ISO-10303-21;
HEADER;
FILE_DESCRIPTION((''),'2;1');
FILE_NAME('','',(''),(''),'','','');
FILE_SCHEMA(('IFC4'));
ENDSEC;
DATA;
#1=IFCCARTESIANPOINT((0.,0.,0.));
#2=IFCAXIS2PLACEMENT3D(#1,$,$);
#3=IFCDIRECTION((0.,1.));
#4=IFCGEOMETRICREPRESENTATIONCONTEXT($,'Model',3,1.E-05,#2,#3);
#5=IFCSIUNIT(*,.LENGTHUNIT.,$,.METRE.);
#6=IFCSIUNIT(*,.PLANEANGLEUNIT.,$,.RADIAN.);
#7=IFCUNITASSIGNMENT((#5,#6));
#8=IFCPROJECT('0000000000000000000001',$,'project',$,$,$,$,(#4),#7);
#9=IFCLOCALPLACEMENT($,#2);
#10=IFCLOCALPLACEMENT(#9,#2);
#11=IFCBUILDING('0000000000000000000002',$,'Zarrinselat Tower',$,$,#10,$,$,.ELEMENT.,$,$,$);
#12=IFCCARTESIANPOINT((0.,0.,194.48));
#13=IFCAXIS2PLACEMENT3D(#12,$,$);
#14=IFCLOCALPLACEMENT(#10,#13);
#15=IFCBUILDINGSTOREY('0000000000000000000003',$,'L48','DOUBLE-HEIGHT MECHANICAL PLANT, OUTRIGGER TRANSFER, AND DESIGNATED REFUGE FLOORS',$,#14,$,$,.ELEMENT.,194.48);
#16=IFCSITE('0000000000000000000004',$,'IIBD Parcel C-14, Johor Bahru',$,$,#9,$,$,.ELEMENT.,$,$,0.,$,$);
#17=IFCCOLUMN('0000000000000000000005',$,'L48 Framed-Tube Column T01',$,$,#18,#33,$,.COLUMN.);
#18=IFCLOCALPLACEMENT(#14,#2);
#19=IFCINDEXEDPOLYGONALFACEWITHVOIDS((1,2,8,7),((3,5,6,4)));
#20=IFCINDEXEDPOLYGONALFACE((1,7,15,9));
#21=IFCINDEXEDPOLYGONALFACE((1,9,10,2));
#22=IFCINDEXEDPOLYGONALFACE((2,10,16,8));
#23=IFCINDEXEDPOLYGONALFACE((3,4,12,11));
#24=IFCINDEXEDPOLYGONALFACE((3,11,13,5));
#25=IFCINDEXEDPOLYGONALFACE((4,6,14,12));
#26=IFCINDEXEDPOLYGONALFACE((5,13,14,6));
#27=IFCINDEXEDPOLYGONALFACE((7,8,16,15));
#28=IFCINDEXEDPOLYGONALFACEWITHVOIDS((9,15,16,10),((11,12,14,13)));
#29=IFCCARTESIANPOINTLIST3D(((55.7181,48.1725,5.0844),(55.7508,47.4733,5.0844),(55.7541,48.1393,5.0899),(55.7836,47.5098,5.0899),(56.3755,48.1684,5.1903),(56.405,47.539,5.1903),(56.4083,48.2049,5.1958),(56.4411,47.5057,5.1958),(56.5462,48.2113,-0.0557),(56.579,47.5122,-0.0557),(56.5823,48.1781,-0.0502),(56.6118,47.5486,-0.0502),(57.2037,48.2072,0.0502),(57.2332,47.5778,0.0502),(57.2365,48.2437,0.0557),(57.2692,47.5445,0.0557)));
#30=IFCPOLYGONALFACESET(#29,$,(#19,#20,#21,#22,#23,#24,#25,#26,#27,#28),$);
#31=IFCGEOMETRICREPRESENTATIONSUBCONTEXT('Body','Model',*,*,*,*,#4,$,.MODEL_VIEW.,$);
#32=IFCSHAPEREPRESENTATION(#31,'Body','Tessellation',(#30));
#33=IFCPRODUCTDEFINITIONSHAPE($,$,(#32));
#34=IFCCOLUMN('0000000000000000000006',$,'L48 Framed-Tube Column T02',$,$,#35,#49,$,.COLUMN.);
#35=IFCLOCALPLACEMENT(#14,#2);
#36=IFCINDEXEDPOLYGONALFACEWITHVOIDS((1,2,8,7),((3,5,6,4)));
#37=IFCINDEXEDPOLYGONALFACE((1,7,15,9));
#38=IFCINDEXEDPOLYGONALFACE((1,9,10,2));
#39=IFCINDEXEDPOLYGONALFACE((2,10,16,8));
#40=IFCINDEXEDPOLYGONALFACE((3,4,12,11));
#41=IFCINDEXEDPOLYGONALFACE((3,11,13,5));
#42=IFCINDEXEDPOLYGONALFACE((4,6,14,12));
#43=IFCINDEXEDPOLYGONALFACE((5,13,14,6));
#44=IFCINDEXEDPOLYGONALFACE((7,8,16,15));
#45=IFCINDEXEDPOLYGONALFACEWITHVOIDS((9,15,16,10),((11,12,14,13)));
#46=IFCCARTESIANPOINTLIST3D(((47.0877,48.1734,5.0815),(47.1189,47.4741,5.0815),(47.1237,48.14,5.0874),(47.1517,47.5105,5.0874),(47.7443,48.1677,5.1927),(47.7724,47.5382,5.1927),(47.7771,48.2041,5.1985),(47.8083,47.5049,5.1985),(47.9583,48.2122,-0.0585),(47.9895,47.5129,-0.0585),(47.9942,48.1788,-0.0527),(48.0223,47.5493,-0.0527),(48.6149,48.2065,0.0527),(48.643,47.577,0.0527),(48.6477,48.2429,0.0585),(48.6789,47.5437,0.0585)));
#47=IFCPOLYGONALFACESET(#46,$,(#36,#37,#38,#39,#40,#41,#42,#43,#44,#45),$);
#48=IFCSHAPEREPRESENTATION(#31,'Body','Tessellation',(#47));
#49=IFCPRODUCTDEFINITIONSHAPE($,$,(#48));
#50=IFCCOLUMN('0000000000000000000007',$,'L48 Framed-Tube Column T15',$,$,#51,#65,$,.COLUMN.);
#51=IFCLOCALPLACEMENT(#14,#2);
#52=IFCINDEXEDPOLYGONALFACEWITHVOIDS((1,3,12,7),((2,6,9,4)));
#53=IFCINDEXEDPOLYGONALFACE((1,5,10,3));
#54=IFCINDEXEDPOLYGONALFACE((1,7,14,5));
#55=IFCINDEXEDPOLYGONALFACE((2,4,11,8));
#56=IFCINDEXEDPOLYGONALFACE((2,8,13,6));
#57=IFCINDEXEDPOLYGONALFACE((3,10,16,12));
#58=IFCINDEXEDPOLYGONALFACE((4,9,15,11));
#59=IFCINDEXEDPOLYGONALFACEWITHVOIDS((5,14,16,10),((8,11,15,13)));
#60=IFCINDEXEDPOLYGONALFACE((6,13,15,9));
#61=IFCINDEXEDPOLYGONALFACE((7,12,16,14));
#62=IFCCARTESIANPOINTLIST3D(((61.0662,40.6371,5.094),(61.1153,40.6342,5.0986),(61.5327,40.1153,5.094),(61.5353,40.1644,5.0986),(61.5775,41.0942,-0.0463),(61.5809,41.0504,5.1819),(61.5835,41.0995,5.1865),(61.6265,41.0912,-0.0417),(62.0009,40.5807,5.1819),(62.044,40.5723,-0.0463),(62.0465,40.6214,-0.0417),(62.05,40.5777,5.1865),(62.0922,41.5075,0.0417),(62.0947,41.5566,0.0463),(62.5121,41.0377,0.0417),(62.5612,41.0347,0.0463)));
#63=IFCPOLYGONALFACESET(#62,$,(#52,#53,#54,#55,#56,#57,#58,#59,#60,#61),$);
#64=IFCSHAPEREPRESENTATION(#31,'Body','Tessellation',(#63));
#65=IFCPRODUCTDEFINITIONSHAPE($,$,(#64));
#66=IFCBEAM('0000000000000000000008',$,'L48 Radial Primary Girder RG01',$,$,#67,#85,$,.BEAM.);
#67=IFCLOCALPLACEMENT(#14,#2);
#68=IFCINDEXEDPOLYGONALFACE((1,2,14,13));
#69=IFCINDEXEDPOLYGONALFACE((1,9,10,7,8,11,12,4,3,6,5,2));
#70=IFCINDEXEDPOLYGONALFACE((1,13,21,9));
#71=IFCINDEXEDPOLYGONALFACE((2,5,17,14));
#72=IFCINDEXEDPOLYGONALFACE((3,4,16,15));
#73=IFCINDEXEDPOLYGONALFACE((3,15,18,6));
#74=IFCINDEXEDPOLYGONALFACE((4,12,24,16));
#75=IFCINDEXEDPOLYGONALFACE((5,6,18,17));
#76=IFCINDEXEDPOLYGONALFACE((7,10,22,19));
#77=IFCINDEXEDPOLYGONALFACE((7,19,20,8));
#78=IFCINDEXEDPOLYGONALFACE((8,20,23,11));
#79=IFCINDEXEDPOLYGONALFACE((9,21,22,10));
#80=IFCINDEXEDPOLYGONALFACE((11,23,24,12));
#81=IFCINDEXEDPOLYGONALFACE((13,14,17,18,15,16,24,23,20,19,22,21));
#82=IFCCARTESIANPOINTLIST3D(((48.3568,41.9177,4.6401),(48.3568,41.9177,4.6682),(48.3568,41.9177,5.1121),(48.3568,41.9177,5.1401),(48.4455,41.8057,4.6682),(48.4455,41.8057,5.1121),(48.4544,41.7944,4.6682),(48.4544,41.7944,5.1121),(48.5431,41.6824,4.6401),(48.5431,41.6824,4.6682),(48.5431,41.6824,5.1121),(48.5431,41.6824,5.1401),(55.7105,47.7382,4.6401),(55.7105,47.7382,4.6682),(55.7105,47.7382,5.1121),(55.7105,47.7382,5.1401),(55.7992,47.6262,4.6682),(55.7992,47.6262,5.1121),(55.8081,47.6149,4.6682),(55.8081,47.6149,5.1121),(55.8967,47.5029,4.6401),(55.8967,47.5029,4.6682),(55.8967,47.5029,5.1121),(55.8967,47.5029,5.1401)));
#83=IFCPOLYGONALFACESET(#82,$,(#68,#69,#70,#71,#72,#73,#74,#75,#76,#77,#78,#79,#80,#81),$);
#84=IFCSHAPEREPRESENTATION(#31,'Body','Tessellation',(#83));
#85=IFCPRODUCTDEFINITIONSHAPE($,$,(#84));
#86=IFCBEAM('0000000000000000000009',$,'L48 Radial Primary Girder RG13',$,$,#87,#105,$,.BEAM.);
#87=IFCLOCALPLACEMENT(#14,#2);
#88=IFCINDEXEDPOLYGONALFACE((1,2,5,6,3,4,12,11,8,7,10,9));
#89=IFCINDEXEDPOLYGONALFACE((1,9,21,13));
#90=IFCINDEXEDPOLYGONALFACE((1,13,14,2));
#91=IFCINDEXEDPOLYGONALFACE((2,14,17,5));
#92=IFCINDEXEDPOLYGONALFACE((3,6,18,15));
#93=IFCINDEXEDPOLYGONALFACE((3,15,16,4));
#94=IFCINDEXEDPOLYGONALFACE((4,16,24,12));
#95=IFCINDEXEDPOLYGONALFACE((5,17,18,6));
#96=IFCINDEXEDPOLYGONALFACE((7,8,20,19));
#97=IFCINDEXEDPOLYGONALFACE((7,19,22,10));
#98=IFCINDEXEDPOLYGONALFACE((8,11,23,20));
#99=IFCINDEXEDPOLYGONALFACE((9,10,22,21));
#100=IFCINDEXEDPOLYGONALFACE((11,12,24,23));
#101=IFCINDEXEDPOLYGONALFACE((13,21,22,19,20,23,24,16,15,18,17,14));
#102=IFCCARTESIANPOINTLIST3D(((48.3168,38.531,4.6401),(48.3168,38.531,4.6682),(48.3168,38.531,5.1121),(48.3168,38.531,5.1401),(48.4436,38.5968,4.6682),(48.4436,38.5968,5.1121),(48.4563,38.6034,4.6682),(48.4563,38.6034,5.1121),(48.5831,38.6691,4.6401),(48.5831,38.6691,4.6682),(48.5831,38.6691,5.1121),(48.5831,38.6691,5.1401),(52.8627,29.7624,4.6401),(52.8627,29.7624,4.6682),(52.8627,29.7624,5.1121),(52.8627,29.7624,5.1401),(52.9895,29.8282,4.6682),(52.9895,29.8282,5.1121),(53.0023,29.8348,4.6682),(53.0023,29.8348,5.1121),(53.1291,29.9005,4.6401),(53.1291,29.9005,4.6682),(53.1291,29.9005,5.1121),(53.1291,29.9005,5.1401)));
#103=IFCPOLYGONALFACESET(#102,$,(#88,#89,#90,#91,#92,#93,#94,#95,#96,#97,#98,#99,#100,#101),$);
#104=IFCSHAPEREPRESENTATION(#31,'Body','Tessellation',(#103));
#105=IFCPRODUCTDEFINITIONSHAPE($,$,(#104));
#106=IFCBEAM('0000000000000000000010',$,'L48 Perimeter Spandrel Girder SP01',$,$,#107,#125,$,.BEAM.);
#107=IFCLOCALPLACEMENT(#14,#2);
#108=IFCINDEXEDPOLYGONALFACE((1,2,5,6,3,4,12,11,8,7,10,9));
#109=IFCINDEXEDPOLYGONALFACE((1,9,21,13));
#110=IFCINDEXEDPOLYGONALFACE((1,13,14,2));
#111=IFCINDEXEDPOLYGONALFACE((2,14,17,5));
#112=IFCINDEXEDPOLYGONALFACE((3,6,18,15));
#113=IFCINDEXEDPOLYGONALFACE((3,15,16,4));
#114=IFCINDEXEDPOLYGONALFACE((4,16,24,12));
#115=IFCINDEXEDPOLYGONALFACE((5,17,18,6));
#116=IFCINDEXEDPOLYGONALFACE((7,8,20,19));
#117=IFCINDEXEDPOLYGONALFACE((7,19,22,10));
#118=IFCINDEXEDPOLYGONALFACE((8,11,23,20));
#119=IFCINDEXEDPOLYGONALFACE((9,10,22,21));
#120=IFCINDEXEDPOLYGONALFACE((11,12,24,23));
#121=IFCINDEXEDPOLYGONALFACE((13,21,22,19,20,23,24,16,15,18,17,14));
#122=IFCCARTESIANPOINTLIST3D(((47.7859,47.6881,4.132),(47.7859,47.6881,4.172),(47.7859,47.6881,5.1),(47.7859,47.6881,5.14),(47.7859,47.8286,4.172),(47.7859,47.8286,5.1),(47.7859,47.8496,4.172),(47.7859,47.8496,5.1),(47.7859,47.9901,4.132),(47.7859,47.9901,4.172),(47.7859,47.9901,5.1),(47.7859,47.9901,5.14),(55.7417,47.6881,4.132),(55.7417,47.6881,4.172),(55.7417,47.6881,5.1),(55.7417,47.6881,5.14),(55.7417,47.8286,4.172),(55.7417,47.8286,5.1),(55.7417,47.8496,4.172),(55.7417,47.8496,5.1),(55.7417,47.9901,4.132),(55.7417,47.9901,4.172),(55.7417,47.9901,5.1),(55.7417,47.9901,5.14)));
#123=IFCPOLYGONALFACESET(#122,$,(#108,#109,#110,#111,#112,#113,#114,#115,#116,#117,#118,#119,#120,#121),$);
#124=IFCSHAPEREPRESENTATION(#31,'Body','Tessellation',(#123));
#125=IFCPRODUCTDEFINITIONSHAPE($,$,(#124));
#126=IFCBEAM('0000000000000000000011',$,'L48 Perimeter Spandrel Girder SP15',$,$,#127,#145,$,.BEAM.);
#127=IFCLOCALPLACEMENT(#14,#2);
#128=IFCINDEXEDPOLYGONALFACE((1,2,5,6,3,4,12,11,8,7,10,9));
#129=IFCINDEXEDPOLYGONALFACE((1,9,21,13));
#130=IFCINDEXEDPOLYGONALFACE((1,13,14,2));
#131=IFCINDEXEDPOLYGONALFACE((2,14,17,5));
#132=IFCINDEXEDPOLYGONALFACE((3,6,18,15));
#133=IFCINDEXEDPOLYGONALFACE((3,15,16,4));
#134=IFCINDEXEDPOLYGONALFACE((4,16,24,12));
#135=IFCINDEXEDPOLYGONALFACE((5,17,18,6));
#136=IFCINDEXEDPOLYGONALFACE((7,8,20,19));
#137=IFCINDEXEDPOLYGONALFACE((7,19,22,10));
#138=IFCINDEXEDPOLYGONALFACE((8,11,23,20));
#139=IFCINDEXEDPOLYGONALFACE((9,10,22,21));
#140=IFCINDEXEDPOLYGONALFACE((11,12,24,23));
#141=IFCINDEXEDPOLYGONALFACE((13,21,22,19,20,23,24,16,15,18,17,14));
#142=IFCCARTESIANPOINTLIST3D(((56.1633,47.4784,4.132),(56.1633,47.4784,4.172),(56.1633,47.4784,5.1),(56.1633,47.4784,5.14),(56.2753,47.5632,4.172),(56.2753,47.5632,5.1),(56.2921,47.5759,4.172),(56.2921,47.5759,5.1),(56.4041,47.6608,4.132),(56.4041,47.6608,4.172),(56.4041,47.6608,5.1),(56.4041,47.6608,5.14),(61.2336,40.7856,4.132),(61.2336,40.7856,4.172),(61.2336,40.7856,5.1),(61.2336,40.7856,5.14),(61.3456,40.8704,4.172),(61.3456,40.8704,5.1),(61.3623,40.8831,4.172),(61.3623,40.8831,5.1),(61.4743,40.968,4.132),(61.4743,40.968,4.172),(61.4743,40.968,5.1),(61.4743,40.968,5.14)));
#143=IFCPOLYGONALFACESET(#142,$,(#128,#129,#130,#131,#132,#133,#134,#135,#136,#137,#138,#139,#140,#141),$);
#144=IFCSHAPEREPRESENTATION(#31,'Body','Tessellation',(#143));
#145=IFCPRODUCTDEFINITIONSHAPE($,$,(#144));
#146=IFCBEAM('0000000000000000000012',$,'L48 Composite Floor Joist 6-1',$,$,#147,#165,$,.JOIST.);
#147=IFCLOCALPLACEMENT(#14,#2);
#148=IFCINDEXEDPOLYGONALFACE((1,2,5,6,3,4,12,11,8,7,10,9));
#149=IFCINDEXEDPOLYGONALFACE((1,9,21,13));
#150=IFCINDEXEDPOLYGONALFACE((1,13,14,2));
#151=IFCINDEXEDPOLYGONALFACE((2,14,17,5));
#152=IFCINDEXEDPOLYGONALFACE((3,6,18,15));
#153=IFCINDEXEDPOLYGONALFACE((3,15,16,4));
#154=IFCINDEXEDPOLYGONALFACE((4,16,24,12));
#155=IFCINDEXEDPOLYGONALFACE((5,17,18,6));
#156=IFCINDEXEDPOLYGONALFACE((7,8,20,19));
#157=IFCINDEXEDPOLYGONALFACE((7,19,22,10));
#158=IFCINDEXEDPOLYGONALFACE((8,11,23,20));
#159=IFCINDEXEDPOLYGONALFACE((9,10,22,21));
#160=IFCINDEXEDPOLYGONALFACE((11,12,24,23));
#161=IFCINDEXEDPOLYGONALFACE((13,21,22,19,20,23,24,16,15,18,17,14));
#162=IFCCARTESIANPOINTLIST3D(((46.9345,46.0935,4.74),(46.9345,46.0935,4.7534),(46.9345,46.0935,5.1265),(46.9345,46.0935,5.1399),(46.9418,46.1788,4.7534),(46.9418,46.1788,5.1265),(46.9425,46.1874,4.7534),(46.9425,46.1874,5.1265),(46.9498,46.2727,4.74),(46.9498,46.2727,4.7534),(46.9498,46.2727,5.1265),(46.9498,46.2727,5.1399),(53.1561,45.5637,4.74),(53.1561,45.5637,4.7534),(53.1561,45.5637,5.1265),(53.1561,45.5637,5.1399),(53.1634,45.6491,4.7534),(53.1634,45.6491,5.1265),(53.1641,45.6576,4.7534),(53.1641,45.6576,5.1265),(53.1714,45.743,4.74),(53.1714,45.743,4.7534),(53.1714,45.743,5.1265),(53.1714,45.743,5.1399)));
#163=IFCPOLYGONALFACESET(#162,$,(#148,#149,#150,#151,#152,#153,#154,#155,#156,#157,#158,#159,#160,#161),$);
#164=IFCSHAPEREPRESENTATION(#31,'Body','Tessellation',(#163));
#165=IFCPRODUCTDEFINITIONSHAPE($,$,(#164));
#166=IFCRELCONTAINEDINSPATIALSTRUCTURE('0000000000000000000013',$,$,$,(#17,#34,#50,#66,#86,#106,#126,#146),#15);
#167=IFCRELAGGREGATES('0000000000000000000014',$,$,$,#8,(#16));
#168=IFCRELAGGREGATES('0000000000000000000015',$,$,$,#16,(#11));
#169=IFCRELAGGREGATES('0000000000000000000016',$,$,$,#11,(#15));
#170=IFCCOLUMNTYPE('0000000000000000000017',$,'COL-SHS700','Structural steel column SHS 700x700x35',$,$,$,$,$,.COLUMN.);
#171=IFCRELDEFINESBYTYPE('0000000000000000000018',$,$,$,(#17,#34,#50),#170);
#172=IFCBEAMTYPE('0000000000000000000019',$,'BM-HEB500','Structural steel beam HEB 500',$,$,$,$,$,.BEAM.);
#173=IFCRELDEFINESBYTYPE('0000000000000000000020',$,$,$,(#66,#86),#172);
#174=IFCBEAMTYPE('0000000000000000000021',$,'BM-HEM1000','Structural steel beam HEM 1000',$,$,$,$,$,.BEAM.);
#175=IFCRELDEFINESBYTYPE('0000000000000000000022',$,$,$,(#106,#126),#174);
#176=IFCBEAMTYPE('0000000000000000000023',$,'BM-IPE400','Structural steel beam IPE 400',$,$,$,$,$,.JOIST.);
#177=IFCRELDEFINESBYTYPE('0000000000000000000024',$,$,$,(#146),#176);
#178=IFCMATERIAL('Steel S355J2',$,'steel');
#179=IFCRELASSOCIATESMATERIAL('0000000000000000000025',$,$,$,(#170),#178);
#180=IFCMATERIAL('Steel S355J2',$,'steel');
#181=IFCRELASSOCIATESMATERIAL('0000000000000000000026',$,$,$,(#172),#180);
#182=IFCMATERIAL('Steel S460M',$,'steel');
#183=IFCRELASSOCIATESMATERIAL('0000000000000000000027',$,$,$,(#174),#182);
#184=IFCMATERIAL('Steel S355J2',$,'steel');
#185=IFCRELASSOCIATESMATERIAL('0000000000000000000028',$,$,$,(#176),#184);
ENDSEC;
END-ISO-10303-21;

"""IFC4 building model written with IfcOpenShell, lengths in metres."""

from ifc_helpers import new_model, si_unit, direction, frame, origin, origin_2d, place, context, subcontext, project, spatial, hollow_rectangle, i_section, extrude, material, material_profile, profile_set, type_object, element, save


model = new_model("IFC4")

# Units and contexts
model_context = context("Model", 3, precision=1e-05, world=origin(), true_north=direction((0.0, 1.0)))
body_context = subcontext(model_context, "Body", "Model", "MODEL_VIEW")
ifc_project = project(units=[si_unit("LENGTHUNIT", "METRE"), si_unit("PLANEANGLEUNIT", "RADIAN")], contexts=[model_context])

# Site, building, storey
site_placement = place(None, origin())
site = spatial("IfcSite", under=ifc_project, at=site_placement, Name="IIBD Parcel C-14, Johor Bahru", CompositionType="ELEMENT", RefElevation=0.0)
building_placement = place(site_placement, origin())
building = spatial("IfcBuilding", under=site, at=building_placement, Name="Zarrinselat Tower", CompositionType="ELEMENT")
storey_placement = place(building_placement, frame((0.0, 0.0, 194.48)))
storey = spatial("IfcBuildingStorey", under=building, at=storey_placement, Name="L48", Description="DOUBLE-HEIGHT MECHANICAL PLANT, OUTRIGGER TRANSFER, AND DESIGNATED REFUGE FLOORS", CompositionType="ELEMENT", Elevation=194.48)

# Columns
ifc_material_1 = material(Name="Steel S355J2", Category="steel")
ifc_material_profile_1 = material_profile(ifc_material_1, hollow_rectangle(XDim=0.7, YDim=0.7, WallThickness=0.0349, at=origin_2d()), Name="SHS 700x700x35")
ifc_profile_set_1 = profile_set([ifc_material_profile_1], Name="Steel S355J2")
column_type = type_object("IfcColumnType", Name="COL-SHS700", Description="Structural steel column SHS 700x700x35", PredefinedType="COLUMN", material=ifc_profile_set_1)
column_1_placement = place(storey_placement, frame((56.9077, 47.8779, 0.0), z_axis=(-0.159054, -0.007456, 0.987242), x_axis=(0.046824, -0.998903, 0.0)))
element("IfcColumn", 1, at=column_1_placement, inside=storey, type_object=column_type, Name="L48 Framed-Tube Column T01", PredefinedType="COLUMN", context=body_context, shape_type="SweptSolid", body=[
    extrude(hollow_rectangle(XDim=0.7, YDim=0.7, WallThickness=0.0349, at=origin_2d()), origin(), (0.0, 0.0, 1.0), 5.2065),
])
column_2_placement = place(storey_placement, frame((48.3186, 47.8779, 0.0), z_axis=(-0.166991, -0.007446, 0.98593), x_axis=(0.044544, -0.999007, 0.0)))
element("IfcColumn", 2, at=column_2_placement, inside=storey, type_object=column_type, Name="L48 Framed-Tube Column T02", PredefinedType="COLUMN", context=body_context, shape_type="SweptSolid", body=[
    extrude(hollow_rectangle(XDim=0.7, YDim=0.7, WallThickness=0.0349, at=origin_2d()), origin(), (0.0, 0.0, 1.0), 5.2134),
])
column_3_placement = place(storey_placement, frame((62.0693, 41.0645, 0.0), z_axis=(-0.098585, -0.088133, 0.991218), x_axis=(0.666483, -0.745521, 0.0)))
element("IfcColumn", 3, at=column_3_placement, inside=storey, type_object=column_type, Name="L48 Framed-Tube Column T15", PredefinedType="COLUMN", context=body_context, shape_type="SweptSolid", body=[
    extrude(hollow_rectangle(XDim=0.7, YDim=0.7, WallThickness=0.0349, at=origin_2d()), origin(), (0.0, 0.0, 1.0), 5.1858),
])

# Beams
ifc_material_2 = material(Name="Steel S355J2", Category="steel")
ifc_material_profile_2 = material_profile(ifc_material_2, i_section(OverallWidth=0.3, OverallDepth=0.5, WebThickness=0.0144, FlangeThickness=0.0281, at=origin_2d()), Name="HEB 500")
ifc_profile_set_2 = profile_set([ifc_material_profile_2], Name="Steel S355J2")
beam_type_1 = type_object("IfcBeamType", Name="BM-HEB500", Description="Structural steel beam HEB 500", PredefinedType="BEAM", material=ifc_profile_set_2)
beam_1_placement = place(storey_placement, frame((48.45, 41.8, 4.8901), z_axis=(0.784107, 0.620626, 0.0), x_axis=(-0.620626, 0.784107, 0.0)))
element("IfcBeam", 4, at=beam_1_placement, inside=storey, type_object=beam_type_1, Name="L48 Radial Primary Girder RG01", PredefinedType="BEAM", context=body_context, shape_type="SweptSolid", body=[
    extrude(i_section(OverallWidth=0.3, OverallDepth=0.5, WebThickness=0.0144, FlangeThickness=0.0281, at=origin_2d()), origin(), (0.0, 0.0, 1.0), 9.3784),
])
beam_2_placement = place(storey_placement, frame((48.45, 38.6001, 4.8901), z_axis=(0.460257, -0.887786, 0.0), x_axis=(0.887786, 0.460257, 0.0)))
element("IfcBeam", 5, at=beam_2_placement, inside=storey, type_object=beam_type_1, Name="L48 Radial Primary Girder RG13", PredefinedType="BEAM", context=body_context, shape_type="SweptSolid", body=[
    extrude(i_section(OverallWidth=0.3, OverallDepth=0.5, WebThickness=0.0144, FlangeThickness=0.0281, at=origin_2d()), origin(), (0.0, 0.0, 1.0), 9.877),
])
ifc_material_3 = material(Name="Steel S460M", Category="steel")
ifc_material_profile_3 = material_profile(ifc_material_3, i_section(OverallWidth=0.302, OverallDepth=1.0081, WebThickness=0.021, FlangeThickness=0.04, at=origin_2d()), Name="HEM 1000")
ifc_profile_set_3 = profile_set([ifc_material_profile_3], Name="Steel S460M")
beam_type_2 = type_object("IfcBeamType", Name="BM-HEM1000", Description="Structural steel beam HEM 1000", PredefinedType="BEAM", material=ifc_profile_set_3)
beam_3_placement = place(storey_placement, frame((47.7859, 47.8391, 4.636), z_axis=(1.0, 0.0, 0.0), x_axis=(0.0, 1.0, 0.0)))
element("IfcBeam", 6, at=beam_3_placement, inside=storey, type_object=beam_type_2, Name="L48 Perimeter Spandrel Girder SP01", PredefinedType="BEAM", context=body_context, shape_type="SweptSolid", body=[
    extrude(i_section(OverallWidth=0.302, OverallDepth=1.0081, WebThickness=0.021, FlangeThickness=0.04, at=origin_2d()), origin(), (0.0, 0.0, 1.0), 7.9558),
])
beam_4_placement = place(storey_placement, frame((56.2837, 47.5696, 4.636), z_axis=(0.603854, -0.797095, 0.0), x_axis=(0.797095, 0.603854, 0.0)))
element("IfcBeam", 7, at=beam_4_placement, inside=storey, type_object=beam_type_2, Name="L48 Perimeter Spandrel Girder SP15", PredefinedType="BEAM", context=body_context, shape_type="SweptSolid", body=[
    extrude(i_section(OverallWidth=0.302, OverallDepth=1.0081, WebThickness=0.021, FlangeThickness=0.04, at=origin_2d()), origin(), (0.0, 0.0, 1.0), 8.3965),
])
ifc_material_4 = material(Name="Steel S355J2", Category="steel")
ifc_material_profile_4 = material_profile(ifc_material_4, i_section(OverallWidth=0.1799, OverallDepth=0.3999, WebThickness=0.0085, FlangeThickness=0.0134, at=origin_2d()), Name="IPE 400")
ifc_profile_set_4 = profile_set([ifc_material_profile_4], Name="Steel S355J2")
beam_type_3 = type_object("IfcBeamType", Name="BM-IPE400", Description="Structural steel beam IPE 400", PredefinedType="JOIST", material=ifc_profile_set_4)
beam_5_placement = place(storey_placement, frame((46.9421, 46.1831, 4.9399), z_axis=(0.996394, -0.084844, 0.0), x_axis=(0.084844, 0.996394, 0.0)))
element("IfcBeam", 8, at=beam_5_placement, inside=storey, type_object=beam_type_3, Name="L48 Composite Floor Joist 6-1", PredefinedType="JOIST", context=body_context, shape_type="SweptSolid", body=[
    extrude(i_section(OverallWidth=0.1799, OverallDepth=0.3999, WebThickness=0.0085, FlangeThickness=0.0134, at=origin_2d()), origin(), (0.0, 0.0, 1.0), 6.2441),
])

save(model, "model.ifc")
